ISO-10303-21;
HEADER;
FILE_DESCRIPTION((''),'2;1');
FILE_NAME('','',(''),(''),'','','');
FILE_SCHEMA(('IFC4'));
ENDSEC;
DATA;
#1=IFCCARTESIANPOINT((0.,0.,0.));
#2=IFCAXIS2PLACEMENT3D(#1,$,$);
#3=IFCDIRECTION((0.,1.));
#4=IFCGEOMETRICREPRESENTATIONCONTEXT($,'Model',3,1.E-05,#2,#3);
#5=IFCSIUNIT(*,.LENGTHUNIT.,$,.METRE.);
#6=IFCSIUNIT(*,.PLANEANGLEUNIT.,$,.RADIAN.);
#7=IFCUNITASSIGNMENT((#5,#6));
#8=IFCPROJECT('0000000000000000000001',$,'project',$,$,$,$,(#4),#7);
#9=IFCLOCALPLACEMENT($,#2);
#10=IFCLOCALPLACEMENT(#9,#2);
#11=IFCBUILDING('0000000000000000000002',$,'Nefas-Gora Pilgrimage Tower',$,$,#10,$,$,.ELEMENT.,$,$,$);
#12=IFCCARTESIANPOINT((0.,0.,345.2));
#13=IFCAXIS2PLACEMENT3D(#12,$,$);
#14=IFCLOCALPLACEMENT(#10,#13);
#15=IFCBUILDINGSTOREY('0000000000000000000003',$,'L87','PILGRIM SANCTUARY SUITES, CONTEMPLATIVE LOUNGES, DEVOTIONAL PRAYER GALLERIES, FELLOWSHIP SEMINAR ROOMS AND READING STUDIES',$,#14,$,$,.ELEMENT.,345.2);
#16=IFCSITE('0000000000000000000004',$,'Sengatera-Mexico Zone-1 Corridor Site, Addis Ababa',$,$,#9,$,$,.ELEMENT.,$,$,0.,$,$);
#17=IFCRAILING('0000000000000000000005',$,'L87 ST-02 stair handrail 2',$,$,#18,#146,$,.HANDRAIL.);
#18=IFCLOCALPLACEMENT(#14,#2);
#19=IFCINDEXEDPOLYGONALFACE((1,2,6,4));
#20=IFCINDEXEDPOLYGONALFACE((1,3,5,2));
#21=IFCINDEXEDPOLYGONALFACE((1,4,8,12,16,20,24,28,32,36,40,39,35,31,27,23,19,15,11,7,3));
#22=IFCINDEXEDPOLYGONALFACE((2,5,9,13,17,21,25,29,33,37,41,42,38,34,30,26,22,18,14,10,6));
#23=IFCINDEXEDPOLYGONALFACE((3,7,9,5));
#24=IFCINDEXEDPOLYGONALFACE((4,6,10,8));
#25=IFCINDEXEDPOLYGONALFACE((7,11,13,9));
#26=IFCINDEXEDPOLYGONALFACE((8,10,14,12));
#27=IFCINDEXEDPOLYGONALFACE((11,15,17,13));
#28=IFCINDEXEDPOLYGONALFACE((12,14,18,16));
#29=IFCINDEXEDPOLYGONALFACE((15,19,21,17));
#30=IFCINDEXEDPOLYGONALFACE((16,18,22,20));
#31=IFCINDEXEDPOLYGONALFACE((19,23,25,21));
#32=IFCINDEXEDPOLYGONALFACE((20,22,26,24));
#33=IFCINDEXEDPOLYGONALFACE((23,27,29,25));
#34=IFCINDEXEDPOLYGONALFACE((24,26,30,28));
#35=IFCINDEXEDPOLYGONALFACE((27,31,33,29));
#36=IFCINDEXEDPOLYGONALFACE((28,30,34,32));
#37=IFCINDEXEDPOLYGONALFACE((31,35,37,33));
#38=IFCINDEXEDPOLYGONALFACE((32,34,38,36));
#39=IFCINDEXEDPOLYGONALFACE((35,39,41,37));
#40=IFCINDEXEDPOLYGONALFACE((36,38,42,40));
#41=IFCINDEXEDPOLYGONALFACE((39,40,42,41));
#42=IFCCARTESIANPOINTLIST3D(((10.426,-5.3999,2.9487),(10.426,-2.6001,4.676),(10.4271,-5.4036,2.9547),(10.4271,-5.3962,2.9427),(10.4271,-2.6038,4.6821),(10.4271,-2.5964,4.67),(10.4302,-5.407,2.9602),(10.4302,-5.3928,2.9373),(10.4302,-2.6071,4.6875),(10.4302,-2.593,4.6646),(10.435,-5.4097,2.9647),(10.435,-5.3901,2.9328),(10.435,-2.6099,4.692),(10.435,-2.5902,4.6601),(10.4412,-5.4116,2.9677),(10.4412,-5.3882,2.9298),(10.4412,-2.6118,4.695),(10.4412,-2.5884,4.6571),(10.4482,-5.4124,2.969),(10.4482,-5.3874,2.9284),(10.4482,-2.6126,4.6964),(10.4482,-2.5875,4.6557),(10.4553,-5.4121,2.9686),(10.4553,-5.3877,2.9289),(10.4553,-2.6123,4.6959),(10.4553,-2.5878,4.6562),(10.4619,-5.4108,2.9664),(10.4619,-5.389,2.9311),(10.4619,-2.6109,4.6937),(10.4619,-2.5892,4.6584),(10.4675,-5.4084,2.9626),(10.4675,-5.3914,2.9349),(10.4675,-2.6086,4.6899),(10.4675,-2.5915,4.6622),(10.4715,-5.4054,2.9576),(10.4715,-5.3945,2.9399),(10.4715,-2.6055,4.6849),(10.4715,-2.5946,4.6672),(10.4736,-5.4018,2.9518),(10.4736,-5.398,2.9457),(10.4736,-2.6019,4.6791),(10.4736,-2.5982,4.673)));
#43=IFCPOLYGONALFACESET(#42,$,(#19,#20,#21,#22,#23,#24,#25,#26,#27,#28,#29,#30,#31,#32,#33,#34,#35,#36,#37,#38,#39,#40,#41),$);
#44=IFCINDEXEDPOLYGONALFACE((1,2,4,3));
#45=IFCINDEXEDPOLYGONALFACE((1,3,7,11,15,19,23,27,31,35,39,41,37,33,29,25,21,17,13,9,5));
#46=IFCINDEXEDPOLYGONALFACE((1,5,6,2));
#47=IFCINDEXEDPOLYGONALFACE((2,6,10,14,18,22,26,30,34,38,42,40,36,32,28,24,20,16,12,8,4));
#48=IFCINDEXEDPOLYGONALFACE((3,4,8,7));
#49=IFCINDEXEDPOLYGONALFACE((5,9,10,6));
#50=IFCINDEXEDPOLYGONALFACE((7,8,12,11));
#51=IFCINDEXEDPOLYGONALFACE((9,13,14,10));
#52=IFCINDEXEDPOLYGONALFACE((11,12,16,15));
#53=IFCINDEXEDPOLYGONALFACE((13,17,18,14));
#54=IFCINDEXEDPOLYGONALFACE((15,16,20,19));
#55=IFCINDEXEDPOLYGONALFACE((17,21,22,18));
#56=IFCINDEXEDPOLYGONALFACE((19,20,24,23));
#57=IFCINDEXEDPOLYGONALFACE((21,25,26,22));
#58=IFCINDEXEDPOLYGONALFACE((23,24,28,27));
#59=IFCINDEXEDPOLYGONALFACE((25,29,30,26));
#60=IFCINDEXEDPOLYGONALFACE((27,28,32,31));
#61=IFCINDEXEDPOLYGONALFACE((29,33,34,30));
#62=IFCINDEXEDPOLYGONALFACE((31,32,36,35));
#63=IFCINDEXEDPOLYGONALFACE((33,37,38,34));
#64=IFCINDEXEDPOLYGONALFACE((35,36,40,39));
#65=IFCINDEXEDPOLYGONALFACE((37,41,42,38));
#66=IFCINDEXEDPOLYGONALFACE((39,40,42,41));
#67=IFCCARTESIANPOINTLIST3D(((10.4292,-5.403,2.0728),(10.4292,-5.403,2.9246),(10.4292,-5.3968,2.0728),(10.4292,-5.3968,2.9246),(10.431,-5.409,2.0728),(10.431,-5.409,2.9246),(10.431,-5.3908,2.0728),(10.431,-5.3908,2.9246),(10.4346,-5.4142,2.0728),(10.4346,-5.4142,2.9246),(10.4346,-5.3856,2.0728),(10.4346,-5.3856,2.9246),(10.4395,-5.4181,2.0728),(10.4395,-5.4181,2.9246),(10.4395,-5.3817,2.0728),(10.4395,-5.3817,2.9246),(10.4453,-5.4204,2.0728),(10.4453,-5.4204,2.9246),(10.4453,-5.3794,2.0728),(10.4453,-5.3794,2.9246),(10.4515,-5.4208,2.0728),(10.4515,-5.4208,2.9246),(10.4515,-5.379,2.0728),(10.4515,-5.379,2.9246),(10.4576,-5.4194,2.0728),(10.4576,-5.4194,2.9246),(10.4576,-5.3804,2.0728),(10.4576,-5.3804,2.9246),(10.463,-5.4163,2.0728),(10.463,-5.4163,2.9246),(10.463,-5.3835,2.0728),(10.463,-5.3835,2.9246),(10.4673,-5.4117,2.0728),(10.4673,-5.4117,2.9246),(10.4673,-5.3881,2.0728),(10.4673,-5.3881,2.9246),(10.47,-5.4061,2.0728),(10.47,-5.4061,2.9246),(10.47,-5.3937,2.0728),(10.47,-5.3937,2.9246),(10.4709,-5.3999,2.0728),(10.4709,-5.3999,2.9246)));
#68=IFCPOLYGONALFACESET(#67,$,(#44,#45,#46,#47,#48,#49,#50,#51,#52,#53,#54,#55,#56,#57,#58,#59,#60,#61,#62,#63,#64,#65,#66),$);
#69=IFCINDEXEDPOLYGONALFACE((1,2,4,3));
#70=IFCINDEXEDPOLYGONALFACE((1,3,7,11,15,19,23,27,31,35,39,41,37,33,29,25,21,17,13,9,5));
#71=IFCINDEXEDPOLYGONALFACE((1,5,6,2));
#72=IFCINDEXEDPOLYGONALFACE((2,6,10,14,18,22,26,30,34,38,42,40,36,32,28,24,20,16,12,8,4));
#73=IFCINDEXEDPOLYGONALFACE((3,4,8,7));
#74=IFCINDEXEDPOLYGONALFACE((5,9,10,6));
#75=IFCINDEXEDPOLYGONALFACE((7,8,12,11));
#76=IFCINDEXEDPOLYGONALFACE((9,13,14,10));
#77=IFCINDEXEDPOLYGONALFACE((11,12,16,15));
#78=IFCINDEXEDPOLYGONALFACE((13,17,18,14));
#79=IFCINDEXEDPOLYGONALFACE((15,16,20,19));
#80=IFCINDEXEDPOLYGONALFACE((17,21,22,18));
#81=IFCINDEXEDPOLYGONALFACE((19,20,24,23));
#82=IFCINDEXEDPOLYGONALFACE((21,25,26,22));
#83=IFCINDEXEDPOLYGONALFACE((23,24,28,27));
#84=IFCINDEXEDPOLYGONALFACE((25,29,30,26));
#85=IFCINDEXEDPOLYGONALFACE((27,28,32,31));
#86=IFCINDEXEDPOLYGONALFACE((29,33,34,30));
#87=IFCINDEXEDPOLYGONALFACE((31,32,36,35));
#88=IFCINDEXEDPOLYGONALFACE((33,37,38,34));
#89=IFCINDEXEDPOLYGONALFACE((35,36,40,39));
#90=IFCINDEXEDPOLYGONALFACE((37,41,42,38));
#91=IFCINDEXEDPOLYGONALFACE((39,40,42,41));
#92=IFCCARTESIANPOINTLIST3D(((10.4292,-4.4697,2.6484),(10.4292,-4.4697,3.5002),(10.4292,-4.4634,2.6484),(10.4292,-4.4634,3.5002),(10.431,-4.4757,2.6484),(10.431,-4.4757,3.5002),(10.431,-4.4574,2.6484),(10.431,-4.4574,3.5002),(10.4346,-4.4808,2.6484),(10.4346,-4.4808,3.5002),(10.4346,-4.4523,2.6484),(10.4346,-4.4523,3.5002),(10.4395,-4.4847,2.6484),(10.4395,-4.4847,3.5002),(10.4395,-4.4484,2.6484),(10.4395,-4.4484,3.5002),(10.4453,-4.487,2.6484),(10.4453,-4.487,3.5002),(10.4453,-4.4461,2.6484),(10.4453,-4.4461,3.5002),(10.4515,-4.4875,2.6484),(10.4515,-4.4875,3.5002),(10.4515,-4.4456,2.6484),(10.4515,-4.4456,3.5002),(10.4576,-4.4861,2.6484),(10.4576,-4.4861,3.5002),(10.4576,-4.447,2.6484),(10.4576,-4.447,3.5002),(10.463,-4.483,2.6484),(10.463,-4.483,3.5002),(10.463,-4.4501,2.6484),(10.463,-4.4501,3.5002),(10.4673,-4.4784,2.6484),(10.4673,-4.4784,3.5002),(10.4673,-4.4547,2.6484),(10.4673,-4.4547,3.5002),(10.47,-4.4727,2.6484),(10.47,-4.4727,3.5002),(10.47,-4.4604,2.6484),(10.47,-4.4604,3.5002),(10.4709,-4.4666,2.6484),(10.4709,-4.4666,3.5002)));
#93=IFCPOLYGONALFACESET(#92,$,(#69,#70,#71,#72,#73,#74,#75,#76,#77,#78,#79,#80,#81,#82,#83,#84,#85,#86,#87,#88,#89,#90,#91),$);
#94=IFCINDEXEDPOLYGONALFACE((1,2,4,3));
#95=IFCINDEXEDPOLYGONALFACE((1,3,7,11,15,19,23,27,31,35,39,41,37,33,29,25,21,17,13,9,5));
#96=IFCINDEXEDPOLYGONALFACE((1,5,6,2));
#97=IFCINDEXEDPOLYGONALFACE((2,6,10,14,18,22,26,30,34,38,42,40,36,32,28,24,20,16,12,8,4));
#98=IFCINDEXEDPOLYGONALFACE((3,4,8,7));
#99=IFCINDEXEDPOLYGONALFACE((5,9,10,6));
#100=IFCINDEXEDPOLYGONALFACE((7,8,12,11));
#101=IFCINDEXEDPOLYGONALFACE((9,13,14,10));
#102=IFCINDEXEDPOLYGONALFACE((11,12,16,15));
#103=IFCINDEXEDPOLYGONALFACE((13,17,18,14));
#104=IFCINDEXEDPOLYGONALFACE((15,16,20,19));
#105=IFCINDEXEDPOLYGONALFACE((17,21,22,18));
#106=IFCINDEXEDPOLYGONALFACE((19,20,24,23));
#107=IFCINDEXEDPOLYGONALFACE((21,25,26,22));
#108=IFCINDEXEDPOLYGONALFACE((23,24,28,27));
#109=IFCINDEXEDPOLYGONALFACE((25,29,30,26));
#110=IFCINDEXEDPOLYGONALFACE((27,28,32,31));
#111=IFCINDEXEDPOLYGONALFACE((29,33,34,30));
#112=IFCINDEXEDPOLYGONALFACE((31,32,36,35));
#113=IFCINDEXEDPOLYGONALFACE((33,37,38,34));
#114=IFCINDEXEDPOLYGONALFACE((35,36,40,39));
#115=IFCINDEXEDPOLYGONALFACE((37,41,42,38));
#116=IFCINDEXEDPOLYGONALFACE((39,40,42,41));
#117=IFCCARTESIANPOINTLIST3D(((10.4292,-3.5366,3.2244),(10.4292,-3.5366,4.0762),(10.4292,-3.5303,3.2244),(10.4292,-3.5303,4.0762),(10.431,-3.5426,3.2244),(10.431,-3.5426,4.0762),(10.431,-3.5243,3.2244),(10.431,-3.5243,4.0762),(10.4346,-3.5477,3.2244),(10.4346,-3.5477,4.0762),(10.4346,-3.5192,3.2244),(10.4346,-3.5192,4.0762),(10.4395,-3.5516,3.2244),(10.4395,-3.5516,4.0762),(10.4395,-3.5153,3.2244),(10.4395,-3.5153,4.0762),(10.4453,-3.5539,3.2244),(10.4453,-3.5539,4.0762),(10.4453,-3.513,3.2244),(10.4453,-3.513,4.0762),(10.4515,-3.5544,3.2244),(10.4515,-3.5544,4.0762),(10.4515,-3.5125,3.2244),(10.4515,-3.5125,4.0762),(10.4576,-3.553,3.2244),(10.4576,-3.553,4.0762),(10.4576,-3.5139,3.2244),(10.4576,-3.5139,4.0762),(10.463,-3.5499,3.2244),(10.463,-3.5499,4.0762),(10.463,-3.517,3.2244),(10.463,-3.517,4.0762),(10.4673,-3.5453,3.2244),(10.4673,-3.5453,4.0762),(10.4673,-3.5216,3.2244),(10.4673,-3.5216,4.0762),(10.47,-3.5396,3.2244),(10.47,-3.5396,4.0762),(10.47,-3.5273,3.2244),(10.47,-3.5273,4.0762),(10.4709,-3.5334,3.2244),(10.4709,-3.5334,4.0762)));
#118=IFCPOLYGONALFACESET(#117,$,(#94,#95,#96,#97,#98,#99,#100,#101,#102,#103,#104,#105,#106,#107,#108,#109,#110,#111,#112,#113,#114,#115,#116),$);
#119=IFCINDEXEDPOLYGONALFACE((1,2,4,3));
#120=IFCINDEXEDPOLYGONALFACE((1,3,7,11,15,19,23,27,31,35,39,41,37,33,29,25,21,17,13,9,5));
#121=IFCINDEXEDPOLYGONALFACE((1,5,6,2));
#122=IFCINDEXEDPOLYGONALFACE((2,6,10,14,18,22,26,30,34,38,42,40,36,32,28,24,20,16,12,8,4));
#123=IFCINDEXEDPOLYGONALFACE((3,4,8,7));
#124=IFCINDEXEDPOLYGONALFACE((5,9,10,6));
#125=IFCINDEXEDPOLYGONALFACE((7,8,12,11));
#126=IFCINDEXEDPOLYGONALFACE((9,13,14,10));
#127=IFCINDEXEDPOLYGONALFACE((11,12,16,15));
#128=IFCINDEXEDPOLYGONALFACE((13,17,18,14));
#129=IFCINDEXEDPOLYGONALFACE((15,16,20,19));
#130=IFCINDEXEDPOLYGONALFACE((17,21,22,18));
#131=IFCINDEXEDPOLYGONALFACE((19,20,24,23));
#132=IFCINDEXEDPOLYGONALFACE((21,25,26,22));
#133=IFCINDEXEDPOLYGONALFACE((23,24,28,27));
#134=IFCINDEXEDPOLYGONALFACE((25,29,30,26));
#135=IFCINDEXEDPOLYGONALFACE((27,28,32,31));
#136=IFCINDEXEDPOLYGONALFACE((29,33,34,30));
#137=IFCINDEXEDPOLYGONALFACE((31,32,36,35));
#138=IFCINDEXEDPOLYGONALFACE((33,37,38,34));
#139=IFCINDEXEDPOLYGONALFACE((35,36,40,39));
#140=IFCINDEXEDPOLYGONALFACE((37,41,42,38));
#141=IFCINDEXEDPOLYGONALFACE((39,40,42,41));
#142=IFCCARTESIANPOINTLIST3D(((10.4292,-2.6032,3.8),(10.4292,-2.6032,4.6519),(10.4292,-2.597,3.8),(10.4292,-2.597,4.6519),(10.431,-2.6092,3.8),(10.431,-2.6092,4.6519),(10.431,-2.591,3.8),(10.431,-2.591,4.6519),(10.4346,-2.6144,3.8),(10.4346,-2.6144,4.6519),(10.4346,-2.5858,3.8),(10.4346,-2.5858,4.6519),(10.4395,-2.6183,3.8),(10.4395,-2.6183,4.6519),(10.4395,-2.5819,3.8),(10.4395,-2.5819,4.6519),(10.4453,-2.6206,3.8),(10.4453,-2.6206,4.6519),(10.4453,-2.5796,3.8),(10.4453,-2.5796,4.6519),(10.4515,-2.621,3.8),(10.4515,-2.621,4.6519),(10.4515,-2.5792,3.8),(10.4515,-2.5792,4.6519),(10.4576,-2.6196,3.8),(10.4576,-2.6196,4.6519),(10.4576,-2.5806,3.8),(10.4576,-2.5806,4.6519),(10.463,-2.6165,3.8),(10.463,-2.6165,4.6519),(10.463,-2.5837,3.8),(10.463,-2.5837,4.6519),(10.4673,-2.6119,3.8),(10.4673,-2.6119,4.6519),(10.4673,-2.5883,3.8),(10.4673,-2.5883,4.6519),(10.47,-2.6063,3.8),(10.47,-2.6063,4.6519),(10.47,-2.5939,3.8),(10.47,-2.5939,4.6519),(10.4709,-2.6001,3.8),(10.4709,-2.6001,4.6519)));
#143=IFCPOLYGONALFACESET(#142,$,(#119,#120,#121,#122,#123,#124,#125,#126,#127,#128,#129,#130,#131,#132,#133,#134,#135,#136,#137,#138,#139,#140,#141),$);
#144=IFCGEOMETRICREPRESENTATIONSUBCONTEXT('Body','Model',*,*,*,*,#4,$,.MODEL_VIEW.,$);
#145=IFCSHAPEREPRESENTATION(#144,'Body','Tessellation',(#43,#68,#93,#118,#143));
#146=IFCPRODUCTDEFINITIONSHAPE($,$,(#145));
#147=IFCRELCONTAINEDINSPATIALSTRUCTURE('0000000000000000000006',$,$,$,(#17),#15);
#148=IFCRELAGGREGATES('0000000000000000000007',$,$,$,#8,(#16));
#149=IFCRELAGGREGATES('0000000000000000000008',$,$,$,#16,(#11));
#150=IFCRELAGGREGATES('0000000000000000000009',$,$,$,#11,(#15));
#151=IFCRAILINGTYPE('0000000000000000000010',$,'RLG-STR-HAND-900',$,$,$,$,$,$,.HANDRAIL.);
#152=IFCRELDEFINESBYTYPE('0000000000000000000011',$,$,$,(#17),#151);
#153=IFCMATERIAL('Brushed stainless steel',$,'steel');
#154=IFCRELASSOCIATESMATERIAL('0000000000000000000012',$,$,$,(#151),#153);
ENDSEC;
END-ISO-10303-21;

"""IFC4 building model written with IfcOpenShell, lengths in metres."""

from ifc_helpers import new_model, si_unit, direction, frame, origin, origin_2d, place, context, subcontext, project, spatial, circle, extrude, material, type_object, element, save


model = new_model("IFC4")

# Units and contexts
model_context = context("Model", 3, precision=1e-05, world=origin(), true_north=direction((0.0, 1.0)))
body_context = subcontext(model_context, "Body", "Model", "MODEL_VIEW")
ifc_project = project(units=[si_unit("LENGTHUNIT", "METRE"), si_unit("PLANEANGLEUNIT", "RADIAN")], contexts=[model_context])

# Site, building, storey
site_placement = place(None, origin())
site = spatial("IfcSite", under=ifc_project, at=site_placement, Name="Sengatera-Mexico Zone-1 Corridor Site, Addis Ababa", CompositionType="ELEMENT", RefElevation=0.0)
building_placement = place(site_placement, origin())
building = spatial("IfcBuilding", under=site, at=building_placement, Name="Nefas-Gora Pilgrimage Tower", CompositionType="ELEMENT")
storey_placement = place(building_placement, frame((0.0, 0.0, 345.2)))
storey = spatial("IfcBuildingStorey", under=building, at=storey_placement, Name="L87", Description="PILGRIM SANCTUARY SUITES, CONTEMPLATIVE LOUNGES, DEVOTIONAL PRAYER GALLERIES, FELLOWSHIP SEMINAR ROOMS AND READING STUDIES", CompositionType="ELEMENT", Elevation=345.2)

# Railing
ifc_material_1 = material(Name="Brushed stainless steel", Category="steel")
railing_type_1 = type_object("IfcRailingType", Name="RLG-STR-HAND-900", PredefinedType="HANDRAIL", material=ifc_material_1)
railing_1_placement = place(storey_placement, frame((10.45, -5.3999, 2.0728)))
element("IfcRailing", 1, at=railing_1_placement, inside=storey, type_object=railing_type_1, Name="L87 ST-02 stair handrail 2", PredefinedType="HANDRAIL", context=body_context, shape_type="SweptSolid", body=[
    extrude(circle(Radius=0.0239, at=origin_2d()), frame((0.0, 0.0, 0.876), z_axis=(0.0, 0.851069, 0.525054), x_axis=(-1.0, 0.0, 0.0)), (0.0, 0.0, 1.0), 3.2898),
    extrude(circle(Radius=0.021, at=origin_2d()), origin(), (0.0, 0.0, 1.0), 0.8518),
    extrude(circle(Radius=0.021, at=origin_2d()), frame((0.0, 0.9333, 0.5757)), (0.0, 0.0, 1.0), 0.8518),
    extrude(circle(Radius=0.021, at=origin_2d()), frame((0.0, 1.8665, 1.1516)), (0.0, 0.0, 1.0), 0.8518),
    extrude(circle(Radius=0.021, at=origin_2d()), frame((0.0, 2.7998, 1.7273)), (0.0, 0.0, 1.0), 0.8518),
])

save(model, "model.ifc")
